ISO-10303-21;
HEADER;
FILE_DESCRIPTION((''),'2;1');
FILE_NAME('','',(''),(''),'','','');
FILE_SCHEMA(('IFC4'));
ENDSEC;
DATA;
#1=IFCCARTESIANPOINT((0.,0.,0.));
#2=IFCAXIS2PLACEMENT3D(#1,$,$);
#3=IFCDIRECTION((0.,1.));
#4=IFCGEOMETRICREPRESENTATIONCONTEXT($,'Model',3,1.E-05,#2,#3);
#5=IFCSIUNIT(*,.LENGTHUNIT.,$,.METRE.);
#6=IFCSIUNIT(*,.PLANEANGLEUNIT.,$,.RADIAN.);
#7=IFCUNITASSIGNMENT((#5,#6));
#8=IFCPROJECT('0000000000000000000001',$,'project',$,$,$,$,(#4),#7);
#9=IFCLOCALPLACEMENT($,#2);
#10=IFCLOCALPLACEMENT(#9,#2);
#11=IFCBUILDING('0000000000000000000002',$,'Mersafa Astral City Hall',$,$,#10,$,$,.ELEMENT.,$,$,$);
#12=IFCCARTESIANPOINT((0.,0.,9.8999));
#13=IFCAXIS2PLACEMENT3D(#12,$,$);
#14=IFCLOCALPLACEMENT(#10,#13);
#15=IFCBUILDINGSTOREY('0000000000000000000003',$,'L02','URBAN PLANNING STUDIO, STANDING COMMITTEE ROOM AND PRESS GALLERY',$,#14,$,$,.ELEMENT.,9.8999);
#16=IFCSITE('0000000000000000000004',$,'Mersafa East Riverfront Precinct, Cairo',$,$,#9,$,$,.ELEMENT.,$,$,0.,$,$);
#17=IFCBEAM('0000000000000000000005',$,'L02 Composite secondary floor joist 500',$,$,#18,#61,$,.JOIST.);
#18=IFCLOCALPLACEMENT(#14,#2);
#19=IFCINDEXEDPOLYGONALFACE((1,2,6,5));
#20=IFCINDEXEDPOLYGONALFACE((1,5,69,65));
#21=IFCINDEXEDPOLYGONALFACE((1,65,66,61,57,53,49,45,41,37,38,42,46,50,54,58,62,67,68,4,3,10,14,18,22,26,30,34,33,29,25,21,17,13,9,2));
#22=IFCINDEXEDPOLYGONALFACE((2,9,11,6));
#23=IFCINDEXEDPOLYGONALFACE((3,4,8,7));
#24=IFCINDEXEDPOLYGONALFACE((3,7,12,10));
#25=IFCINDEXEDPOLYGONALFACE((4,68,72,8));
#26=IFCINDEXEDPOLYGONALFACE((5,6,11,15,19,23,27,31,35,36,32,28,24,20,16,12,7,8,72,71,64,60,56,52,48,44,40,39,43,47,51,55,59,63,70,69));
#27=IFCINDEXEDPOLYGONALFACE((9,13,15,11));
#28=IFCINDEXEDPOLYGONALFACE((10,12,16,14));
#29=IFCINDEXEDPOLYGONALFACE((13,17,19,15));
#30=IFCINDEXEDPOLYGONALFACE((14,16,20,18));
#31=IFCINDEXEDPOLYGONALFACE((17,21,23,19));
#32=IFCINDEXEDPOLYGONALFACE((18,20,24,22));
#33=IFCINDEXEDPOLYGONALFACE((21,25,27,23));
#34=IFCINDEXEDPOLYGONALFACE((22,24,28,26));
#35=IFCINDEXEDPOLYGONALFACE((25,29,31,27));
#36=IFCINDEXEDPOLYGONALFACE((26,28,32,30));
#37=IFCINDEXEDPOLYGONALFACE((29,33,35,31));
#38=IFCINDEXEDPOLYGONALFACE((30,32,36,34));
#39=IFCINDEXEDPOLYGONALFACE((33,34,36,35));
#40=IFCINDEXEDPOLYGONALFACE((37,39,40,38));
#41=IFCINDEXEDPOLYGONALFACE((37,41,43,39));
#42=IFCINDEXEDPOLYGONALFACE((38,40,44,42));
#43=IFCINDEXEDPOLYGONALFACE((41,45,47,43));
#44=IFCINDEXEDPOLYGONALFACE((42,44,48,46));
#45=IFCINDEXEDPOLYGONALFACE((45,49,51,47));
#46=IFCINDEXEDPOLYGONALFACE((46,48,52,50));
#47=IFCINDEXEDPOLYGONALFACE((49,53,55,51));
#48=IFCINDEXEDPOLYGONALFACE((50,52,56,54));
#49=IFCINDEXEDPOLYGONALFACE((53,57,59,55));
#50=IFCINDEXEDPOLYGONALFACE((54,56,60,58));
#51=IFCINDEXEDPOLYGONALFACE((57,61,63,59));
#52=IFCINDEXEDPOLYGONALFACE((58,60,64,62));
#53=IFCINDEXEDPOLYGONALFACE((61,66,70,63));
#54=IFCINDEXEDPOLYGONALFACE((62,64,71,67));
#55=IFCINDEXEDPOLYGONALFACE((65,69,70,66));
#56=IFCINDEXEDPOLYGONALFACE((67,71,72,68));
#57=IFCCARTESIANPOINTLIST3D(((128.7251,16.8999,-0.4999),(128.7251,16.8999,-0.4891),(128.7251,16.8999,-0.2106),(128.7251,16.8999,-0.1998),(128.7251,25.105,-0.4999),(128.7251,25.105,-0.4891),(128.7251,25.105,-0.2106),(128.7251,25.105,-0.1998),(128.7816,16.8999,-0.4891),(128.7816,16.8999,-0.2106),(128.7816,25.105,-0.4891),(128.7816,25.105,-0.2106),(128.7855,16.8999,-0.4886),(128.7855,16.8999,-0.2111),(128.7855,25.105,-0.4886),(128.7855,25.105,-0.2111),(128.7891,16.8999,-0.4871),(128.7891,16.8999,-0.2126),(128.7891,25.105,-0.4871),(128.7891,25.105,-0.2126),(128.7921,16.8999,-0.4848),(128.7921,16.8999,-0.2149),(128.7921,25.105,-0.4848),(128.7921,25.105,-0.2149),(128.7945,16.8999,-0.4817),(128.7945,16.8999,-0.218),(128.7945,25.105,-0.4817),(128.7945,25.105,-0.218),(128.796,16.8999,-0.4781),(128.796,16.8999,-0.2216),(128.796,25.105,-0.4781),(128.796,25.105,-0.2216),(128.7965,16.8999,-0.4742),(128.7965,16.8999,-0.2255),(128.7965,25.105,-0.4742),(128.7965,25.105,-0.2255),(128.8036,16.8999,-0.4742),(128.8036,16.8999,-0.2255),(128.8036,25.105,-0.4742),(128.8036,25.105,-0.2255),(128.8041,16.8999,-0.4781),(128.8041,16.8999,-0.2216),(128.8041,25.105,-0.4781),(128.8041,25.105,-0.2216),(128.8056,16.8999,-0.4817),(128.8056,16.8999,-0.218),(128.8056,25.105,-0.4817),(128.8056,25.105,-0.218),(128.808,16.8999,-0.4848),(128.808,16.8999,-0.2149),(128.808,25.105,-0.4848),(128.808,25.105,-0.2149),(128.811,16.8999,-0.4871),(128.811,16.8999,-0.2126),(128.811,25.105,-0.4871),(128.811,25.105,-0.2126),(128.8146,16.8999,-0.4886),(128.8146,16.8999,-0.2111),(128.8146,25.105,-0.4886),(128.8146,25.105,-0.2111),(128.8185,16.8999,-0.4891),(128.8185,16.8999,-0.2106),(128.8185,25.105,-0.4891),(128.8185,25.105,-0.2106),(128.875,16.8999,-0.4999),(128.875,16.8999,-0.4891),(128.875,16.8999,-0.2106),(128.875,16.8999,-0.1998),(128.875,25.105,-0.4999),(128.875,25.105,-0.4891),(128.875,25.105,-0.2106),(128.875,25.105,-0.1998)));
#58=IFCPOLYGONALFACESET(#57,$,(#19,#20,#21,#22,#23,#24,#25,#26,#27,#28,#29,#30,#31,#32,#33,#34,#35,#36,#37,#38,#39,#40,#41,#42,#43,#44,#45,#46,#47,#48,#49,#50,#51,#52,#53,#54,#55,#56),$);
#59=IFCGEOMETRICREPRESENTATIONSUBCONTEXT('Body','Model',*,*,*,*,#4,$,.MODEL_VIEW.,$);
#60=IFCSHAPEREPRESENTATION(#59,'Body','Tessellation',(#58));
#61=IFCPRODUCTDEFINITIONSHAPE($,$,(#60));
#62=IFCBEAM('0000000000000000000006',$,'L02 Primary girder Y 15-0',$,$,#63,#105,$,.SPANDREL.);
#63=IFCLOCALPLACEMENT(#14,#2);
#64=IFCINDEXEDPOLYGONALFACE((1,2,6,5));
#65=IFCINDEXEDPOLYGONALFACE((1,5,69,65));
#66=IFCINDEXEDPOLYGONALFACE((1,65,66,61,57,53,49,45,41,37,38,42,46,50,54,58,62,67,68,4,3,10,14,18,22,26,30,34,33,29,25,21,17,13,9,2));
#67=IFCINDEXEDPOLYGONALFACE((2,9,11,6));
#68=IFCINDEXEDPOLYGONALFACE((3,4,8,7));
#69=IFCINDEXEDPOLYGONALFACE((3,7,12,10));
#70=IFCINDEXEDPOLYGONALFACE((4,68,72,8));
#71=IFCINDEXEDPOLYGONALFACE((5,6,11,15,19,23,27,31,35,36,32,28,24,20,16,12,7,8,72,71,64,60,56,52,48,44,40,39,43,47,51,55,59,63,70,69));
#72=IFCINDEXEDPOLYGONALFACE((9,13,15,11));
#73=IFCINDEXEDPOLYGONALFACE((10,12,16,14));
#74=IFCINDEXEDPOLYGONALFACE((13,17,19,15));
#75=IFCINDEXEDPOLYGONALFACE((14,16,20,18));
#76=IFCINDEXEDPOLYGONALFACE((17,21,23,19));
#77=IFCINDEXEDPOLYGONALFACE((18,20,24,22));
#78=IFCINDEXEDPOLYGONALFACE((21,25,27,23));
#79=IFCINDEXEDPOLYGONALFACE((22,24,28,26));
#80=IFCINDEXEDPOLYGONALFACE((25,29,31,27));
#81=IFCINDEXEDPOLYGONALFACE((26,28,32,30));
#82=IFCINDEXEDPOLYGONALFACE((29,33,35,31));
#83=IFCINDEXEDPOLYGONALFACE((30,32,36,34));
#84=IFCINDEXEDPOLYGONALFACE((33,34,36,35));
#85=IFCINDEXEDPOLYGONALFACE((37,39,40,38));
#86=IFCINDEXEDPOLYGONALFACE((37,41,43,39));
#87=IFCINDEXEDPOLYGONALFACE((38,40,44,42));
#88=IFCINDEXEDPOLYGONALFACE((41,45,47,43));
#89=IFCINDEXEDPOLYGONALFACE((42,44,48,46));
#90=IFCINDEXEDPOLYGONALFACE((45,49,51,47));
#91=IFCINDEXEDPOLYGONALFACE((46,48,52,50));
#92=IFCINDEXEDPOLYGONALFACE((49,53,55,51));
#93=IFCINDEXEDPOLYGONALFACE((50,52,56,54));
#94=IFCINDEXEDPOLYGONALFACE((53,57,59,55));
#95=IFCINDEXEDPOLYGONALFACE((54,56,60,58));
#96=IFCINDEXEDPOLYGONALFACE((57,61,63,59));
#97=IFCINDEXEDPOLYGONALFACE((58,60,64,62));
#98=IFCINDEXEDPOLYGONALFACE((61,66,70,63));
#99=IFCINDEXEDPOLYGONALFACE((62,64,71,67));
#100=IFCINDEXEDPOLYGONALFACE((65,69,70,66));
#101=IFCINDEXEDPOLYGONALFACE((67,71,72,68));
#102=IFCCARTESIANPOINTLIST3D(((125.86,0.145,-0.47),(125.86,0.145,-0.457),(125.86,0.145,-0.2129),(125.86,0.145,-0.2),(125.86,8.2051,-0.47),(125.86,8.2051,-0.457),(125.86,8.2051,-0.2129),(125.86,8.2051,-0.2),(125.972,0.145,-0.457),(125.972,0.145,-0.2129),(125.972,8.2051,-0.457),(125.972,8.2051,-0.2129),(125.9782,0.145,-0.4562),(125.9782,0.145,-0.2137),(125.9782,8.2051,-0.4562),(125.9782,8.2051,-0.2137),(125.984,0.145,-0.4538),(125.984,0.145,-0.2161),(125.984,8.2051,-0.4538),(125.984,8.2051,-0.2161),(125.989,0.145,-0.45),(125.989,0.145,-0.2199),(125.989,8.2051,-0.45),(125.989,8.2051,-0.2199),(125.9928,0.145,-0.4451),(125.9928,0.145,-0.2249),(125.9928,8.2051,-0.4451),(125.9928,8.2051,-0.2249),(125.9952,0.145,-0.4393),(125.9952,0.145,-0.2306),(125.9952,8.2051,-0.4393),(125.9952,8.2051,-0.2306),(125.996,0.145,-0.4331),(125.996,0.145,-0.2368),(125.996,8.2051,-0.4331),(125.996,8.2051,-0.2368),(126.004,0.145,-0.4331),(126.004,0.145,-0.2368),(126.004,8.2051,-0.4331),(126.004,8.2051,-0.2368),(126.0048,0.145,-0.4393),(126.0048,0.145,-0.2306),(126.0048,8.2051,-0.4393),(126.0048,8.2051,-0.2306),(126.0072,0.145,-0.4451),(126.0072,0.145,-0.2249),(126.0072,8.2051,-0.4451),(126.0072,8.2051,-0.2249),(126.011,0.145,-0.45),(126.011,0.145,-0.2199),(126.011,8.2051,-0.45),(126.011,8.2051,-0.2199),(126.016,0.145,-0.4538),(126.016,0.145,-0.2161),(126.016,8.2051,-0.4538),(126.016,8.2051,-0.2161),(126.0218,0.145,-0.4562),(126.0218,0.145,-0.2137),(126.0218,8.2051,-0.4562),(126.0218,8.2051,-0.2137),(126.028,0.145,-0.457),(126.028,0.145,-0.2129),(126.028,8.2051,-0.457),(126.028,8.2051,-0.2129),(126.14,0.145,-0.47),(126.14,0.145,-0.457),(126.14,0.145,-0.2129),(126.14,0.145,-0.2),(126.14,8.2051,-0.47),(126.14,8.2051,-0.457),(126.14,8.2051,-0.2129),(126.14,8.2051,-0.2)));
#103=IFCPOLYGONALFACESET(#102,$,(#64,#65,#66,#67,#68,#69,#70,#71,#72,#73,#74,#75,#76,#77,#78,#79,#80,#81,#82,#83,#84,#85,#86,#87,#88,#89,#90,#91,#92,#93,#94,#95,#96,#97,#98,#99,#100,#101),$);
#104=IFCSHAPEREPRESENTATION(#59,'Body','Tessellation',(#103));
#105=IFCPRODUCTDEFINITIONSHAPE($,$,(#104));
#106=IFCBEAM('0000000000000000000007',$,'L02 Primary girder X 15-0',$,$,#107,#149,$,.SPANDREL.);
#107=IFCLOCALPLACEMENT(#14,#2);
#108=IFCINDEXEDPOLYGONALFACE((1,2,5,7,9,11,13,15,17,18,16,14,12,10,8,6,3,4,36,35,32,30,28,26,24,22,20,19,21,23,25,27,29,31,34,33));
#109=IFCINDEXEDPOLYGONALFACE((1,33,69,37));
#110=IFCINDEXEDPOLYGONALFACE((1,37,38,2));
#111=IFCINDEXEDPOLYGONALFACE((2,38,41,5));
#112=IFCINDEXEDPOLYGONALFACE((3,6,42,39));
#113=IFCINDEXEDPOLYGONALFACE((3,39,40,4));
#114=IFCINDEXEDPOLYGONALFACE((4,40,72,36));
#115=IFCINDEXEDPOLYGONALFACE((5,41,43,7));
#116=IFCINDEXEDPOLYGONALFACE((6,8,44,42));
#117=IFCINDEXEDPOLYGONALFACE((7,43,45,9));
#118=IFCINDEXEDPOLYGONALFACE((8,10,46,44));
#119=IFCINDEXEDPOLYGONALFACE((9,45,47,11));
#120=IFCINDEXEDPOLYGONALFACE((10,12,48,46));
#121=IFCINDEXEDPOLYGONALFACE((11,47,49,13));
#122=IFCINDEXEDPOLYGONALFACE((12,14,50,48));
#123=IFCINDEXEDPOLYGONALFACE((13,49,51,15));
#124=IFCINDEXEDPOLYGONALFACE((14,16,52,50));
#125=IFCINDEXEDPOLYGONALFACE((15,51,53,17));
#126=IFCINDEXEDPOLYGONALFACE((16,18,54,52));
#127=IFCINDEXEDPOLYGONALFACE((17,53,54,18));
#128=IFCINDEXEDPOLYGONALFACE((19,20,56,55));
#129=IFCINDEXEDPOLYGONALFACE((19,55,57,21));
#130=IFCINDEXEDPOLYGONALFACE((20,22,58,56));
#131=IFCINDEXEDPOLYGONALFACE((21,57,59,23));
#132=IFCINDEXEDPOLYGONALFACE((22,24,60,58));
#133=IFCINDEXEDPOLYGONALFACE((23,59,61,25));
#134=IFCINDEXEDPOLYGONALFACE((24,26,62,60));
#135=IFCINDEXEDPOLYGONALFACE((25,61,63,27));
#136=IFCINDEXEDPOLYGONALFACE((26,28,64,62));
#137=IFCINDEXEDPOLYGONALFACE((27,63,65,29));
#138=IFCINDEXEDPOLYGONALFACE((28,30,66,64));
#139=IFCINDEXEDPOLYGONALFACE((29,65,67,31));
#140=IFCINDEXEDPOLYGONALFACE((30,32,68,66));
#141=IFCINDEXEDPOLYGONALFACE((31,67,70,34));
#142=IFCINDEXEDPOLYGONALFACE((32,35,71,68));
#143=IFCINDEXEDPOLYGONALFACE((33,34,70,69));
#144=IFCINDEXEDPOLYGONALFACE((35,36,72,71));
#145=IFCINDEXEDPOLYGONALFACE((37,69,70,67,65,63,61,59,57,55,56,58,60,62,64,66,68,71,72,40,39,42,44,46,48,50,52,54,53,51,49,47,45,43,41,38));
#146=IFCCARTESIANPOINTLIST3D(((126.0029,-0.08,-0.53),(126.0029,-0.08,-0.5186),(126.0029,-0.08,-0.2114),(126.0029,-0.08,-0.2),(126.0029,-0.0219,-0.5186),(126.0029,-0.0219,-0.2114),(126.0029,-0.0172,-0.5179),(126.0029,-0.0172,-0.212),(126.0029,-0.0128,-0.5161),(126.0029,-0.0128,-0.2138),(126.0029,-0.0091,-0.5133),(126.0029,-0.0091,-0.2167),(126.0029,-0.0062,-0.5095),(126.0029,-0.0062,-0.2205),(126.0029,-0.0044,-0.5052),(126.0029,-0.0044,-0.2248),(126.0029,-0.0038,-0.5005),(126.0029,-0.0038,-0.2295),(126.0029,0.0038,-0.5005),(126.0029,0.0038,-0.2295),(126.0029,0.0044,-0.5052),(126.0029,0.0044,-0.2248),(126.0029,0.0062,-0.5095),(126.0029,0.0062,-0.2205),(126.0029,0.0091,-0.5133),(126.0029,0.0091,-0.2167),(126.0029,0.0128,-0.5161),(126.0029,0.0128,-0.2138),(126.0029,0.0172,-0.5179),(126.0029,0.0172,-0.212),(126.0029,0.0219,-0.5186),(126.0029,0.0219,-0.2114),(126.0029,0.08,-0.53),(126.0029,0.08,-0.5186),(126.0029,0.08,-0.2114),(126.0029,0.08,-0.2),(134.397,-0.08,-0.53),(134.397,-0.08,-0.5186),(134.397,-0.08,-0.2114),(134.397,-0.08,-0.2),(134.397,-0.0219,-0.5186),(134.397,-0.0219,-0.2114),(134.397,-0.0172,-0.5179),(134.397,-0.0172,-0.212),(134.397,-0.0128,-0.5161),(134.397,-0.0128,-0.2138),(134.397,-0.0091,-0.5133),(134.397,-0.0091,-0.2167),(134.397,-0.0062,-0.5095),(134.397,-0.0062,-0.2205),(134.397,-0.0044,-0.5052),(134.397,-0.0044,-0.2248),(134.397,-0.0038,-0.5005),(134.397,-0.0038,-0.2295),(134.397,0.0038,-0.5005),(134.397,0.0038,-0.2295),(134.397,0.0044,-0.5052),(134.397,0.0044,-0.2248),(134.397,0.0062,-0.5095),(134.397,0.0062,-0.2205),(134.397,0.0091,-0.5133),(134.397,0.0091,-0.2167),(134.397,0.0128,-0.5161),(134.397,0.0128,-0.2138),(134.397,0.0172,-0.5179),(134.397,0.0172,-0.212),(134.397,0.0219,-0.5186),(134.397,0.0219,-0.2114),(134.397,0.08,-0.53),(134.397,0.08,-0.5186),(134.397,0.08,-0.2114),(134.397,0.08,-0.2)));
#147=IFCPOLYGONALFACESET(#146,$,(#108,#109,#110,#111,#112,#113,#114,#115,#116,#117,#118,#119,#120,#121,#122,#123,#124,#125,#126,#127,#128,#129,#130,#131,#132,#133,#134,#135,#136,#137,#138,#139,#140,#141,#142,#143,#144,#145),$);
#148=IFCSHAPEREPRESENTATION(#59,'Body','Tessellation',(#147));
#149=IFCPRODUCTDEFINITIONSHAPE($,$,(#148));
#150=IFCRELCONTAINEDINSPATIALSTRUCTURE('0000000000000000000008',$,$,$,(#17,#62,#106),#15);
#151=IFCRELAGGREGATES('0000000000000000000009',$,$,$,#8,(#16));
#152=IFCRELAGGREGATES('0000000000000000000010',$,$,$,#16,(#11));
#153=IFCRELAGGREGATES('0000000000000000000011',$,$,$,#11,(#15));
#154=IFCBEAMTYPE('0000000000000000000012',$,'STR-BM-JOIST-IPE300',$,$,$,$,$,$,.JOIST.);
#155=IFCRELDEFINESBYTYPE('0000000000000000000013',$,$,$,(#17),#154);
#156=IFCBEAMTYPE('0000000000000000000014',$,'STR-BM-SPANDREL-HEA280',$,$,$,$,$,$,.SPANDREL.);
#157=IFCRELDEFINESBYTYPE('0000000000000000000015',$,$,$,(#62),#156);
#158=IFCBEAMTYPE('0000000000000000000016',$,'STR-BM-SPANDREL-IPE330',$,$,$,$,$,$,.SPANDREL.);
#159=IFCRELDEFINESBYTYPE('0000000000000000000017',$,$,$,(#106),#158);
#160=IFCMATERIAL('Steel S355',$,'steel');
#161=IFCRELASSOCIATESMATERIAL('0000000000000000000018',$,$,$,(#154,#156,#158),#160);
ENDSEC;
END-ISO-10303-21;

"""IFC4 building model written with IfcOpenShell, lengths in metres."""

from ifc_helpers import new_model, si_unit, direction, frame, origin, origin_2d, place, context, subcontext, project, spatial, i_section, extrude, material, material_profile, profile_set, type_object, element, save


model = new_model("IFC4")

# Units and contexts
model_context = context("Model", 3, precision=1e-05, world=origin(), true_north=direction((0.0, 1.0)))
body_context = subcontext(model_context, "Body", "Model", "MODEL_VIEW")
ifc_project = project(units=[si_unit("LENGTHUNIT", "METRE"), si_unit("PLANEANGLEUNIT", "RADIAN")], contexts=[model_context])

# Site, building, storey
site_placement = place(None, origin())
site = spatial("IfcSite", under=ifc_project, at=site_placement, Name="Mersafa East Riverfront Precinct, Cairo", CompositionType="ELEMENT", RefElevation=0.0)
building_placement = place(site_placement, origin())
building = spatial("IfcBuilding", under=site, at=building_placement, Name="Mersafa Astral City Hall", CompositionType="ELEMENT")
storey_placement = place(building_placement, frame((0.0, 0.0, 9.8999)))
storey = spatial("IfcBuildingStorey", under=building, at=storey_placement, Name="L02", Description="URBAN PLANNING STUDIO, STANDING COMMITTEE ROOM AND PRESS GALLERY", CompositionType="ELEMENT", Elevation=9.8999)

# Shared definitions
ifc_material_1 = material(Name="Steel S355", Category="steel")

# Beams
ifc_material_profile_1 = material_profile(ifc_material_1, i_section(OverallWidth=0.1499, OverallDepth=0.3, WebThickness=0.0071, FlangeThickness=0.0107, FilletRadius=0.0149, at=origin_2d()), Name="IPE 300")
ifc_profile_set_1 = profile_set([ifc_material_profile_1], Name="Steel S355")
beam_type_1 = type_object("IfcBeamType", Name="STR-BM-JOIST-IPE300", PredefinedType="JOIST", material=ifc_profile_set_1)
beam_1_placement = place(storey_placement, frame((128.8, 16.8999, -0.3499), z_axis=(0.0, 1.0, 0.0), x_axis=(-1.0, 0.0, 0.0)))
element("IfcBeam", 1, at=beam_1_placement, inside=storey, type_object=beam_type_1, Name="L02 Composite secondary floor joist 500", PredefinedType="JOIST", context=body_context, shape_type="SweptSolid", body=[
    extrude(i_section(OverallWidth=0.1499, OverallDepth=0.3, WebThickness=0.0071, FlangeThickness=0.0107, FilletRadius=0.0149, at=origin_2d()), origin(), (0.0, 0.0, 1.0), 8.2051),
])
ifc_material_profile_2 = material_profile(ifc_material_1, i_section(OverallWidth=0.28, OverallDepth=0.27, WebThickness=0.0081, FlangeThickness=0.0129, FilletRadius=0.0239, at=origin_2d()), Name="HEA 280")
ifc_profile_set_2 = profile_set([ifc_material_profile_2], Name="Steel S355")
beam_type_2 = type_object("IfcBeamType", Name="STR-BM-SPANDREL-HEA280", PredefinedType="SPANDREL", material=ifc_profile_set_2)
beam_2_placement = place(storey_placement, frame((126.0, 0.145, -0.335), z_axis=(0.0, 1.0, 0.0), x_axis=(-1.0, 0.0, 0.0)))
element("IfcBeam", 2, at=beam_2_placement, inside=storey, type_object=beam_type_2, Name="L02 Primary girder Y 15-0", PredefinedType="SPANDREL", context=body_context, shape_type="SweptSolid", body=[
    extrude(i_section(OverallWidth=0.28, OverallDepth=0.27, WebThickness=0.0081, FlangeThickness=0.0129, FilletRadius=0.0239, at=origin_2d()), origin(), (0.0, 0.0, 1.0), 8.0601),
])
ifc_material_profile_3 = material_profile(ifc_material_1, i_section(OverallWidth=0.1599, OverallDepth=0.3301, WebThickness=0.0076, FlangeThickness=0.0115, FilletRadius=0.0181, at=origin_2d()), Name="IPE 330")
ifc_profile_set_3 = profile_set([ifc_material_profile_3], Name="Steel S355")
beam_type_3 = type_object("IfcBeamType", Name="STR-BM-SPANDREL-IPE330", PredefinedType="SPANDREL", material=ifc_profile_set_3)
beam_3_placement = place(storey_placement, frame((126.0029, 0.0, -0.365), z_axis=(1.0, 0.0, 0.0), x_axis=(0.0, 1.0, 0.0)))
element("IfcBeam", 3, at=beam_3_placement, inside=storey, type_object=beam_type_3, Name="L02 Primary girder X 15-0", PredefinedType="SPANDREL", context=body_context, shape_type="SweptSolid", body=[
    extrude(i_section(OverallWidth=0.1599, OverallDepth=0.3301, WebThickness=0.0076, FlangeThickness=0.0115, FilletRadius=0.0181, at=origin_2d()), origin(), (0.0, 0.0, 1.0), 8.394),
])

save(model, "model.ifc")
